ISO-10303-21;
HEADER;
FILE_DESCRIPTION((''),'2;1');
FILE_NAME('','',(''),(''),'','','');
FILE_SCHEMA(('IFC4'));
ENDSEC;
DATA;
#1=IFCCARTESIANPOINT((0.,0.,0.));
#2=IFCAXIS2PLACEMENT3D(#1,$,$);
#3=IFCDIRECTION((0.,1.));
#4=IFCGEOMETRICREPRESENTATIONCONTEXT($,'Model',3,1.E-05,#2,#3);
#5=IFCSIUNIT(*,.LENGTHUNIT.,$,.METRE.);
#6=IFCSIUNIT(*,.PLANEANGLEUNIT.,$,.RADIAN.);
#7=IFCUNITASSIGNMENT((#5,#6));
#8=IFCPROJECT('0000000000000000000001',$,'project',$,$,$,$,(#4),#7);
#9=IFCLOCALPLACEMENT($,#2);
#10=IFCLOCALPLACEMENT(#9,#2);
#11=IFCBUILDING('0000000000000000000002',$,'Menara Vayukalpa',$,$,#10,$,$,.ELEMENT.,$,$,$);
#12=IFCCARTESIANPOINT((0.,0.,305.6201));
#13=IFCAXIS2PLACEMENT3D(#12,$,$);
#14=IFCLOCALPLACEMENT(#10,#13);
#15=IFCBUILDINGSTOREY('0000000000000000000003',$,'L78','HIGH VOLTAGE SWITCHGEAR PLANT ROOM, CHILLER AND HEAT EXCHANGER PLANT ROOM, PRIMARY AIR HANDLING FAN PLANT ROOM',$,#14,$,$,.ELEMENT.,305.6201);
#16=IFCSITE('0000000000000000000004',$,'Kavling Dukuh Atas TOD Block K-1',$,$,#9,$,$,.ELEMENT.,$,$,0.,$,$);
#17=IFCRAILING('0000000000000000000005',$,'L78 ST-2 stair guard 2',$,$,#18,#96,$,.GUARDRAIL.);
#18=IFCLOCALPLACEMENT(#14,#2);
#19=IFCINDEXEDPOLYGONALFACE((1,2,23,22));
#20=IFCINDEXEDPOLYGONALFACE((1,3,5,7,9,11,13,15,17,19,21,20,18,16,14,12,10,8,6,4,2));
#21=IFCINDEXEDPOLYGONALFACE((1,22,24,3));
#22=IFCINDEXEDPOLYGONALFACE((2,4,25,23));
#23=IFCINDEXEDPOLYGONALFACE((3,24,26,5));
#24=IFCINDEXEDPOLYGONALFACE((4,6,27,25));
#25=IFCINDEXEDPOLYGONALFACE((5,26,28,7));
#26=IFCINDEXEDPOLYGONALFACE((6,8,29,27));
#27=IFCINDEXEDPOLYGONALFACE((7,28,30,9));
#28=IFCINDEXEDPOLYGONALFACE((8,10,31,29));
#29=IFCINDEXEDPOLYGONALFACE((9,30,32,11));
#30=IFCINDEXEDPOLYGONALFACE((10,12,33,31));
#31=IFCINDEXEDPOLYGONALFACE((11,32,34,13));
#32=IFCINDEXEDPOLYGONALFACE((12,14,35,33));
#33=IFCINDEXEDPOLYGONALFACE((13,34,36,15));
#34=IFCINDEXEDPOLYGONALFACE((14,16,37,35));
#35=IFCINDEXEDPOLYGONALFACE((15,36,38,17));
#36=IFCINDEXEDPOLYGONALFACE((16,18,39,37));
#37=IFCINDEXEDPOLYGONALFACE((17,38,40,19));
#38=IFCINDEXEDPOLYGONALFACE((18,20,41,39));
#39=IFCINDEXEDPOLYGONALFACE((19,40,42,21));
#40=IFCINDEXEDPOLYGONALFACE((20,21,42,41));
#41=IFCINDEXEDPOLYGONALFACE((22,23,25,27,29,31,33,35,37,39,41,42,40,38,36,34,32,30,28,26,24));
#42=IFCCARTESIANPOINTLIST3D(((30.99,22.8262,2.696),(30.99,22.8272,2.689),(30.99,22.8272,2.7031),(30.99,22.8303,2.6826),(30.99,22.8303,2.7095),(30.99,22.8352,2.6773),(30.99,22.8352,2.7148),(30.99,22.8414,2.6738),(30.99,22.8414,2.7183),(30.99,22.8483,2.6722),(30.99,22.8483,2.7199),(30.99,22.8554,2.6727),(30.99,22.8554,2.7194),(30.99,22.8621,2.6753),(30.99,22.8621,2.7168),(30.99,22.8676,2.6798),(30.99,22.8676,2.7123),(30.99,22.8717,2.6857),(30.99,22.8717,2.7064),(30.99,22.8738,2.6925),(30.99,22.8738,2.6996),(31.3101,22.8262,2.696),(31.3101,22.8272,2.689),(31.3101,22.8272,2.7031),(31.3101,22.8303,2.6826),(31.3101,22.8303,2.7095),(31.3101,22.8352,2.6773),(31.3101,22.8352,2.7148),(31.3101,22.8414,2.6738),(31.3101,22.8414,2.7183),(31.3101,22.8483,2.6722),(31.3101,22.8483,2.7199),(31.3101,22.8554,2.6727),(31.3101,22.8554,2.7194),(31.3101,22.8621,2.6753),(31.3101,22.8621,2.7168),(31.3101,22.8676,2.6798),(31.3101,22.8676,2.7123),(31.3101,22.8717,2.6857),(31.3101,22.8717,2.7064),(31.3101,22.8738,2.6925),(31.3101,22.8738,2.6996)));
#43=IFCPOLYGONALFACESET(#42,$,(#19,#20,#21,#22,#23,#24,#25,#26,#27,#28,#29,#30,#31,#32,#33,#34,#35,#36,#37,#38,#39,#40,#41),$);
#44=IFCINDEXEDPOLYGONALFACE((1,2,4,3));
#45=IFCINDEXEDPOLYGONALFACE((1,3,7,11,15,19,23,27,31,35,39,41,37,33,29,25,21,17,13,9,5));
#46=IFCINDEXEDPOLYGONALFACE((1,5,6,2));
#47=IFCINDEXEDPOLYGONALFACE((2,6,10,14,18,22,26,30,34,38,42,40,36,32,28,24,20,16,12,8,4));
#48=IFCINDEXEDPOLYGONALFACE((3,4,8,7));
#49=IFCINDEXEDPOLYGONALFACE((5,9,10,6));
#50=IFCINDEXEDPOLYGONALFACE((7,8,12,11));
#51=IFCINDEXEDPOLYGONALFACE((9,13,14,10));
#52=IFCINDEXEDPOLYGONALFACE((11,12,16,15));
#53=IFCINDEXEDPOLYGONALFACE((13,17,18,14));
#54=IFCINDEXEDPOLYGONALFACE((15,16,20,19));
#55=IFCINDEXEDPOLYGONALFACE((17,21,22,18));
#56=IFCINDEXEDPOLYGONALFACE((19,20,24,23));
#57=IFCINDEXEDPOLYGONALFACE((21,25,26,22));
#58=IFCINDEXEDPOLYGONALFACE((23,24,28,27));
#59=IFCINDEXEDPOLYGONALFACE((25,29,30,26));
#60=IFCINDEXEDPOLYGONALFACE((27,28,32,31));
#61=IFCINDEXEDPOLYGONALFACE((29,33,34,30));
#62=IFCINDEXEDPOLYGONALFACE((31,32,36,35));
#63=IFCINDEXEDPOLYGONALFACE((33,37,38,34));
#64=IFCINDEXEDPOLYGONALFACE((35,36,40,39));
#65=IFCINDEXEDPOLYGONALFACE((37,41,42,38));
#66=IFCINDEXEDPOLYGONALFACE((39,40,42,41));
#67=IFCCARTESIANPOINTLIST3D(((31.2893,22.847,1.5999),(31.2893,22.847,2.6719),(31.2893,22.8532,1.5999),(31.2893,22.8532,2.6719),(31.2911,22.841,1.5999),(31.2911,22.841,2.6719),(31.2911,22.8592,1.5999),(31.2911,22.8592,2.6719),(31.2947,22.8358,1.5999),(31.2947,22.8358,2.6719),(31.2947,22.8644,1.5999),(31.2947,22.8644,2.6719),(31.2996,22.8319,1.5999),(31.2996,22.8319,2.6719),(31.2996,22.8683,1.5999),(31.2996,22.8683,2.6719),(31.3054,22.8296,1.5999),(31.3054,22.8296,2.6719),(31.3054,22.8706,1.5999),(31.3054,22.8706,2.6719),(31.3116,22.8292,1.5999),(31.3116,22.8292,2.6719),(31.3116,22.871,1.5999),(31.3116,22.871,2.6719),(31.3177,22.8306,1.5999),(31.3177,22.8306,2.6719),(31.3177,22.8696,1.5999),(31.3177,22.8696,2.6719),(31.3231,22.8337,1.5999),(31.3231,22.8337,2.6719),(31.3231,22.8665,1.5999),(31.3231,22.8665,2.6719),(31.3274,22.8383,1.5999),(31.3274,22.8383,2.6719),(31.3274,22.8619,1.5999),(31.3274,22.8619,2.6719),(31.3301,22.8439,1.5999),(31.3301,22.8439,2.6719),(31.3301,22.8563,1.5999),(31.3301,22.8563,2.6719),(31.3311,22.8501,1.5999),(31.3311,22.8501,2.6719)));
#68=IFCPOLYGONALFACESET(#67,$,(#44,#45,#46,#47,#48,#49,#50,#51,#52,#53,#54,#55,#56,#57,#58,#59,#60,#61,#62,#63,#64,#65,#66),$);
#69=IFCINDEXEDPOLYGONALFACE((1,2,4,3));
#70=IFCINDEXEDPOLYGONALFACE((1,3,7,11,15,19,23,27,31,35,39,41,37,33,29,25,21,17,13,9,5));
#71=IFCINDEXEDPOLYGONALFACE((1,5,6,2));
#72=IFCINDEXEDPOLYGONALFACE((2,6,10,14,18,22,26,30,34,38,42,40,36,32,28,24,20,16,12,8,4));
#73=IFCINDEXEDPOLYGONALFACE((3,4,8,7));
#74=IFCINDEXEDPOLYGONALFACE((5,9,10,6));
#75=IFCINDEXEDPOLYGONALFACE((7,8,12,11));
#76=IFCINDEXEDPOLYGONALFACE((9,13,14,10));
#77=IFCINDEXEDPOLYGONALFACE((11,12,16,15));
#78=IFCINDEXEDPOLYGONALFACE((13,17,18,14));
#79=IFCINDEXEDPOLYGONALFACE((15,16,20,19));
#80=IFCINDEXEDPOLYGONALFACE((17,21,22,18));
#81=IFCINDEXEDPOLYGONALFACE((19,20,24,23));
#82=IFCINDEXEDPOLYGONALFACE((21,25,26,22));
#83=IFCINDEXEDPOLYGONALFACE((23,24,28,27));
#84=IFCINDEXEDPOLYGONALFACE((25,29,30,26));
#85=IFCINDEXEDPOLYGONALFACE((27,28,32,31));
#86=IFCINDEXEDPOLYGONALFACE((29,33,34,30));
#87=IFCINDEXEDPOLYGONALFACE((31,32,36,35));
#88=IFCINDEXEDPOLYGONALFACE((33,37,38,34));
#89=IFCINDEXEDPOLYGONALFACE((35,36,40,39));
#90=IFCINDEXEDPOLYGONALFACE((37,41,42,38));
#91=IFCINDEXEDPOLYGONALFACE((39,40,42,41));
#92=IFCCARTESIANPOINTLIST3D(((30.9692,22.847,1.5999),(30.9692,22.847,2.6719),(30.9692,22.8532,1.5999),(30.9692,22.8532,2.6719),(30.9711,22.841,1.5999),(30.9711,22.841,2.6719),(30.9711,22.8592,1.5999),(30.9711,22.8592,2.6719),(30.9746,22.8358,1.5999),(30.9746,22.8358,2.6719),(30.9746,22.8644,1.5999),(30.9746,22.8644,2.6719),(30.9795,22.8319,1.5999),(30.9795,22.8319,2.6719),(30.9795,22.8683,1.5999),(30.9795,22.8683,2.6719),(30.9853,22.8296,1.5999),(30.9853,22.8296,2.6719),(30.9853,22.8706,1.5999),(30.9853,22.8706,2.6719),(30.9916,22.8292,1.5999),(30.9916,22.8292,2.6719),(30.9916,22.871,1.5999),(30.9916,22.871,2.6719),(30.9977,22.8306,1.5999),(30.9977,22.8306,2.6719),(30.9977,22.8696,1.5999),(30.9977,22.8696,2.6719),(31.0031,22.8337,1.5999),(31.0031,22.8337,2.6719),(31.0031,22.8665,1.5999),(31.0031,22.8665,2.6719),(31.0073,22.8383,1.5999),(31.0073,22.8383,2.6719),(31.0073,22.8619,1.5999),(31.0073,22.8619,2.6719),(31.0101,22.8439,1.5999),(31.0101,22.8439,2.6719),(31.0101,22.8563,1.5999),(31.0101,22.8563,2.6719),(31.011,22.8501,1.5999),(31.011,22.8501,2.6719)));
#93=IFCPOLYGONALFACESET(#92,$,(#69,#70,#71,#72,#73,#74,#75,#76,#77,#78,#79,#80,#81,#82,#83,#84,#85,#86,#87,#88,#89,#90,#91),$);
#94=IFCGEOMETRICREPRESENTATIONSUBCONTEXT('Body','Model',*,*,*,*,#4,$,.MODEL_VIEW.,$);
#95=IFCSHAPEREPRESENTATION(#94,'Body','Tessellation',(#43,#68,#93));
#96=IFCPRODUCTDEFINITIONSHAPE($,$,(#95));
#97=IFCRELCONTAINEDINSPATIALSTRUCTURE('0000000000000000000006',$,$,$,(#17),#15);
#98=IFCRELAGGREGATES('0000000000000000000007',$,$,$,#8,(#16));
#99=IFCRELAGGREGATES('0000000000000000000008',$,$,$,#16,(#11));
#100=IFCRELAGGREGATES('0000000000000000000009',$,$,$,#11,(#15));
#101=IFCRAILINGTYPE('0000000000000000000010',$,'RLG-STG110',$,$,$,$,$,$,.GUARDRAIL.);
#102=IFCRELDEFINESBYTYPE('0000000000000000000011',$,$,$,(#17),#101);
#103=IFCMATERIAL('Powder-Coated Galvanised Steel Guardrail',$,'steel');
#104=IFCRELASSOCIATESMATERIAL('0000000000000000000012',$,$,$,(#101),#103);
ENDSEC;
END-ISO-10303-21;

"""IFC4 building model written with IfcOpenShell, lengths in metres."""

from ifc_helpers import new_model, si_unit, direction, frame, origin, origin_2d, place, context, subcontext, project, spatial, circle, extrude, material, type_object, element, save


model = new_model("IFC4")

# Units and contexts
model_context = context("Model", 3, precision=1e-05, world=origin(), true_north=direction((0.0, 1.0)))
body_context = subcontext(model_context, "Body", "Model", "MODEL_VIEW")
ifc_project = project(units=[si_unit("LENGTHUNIT", "METRE"), si_unit("PLANEANGLEUNIT", "RADIAN")], contexts=[model_context])

# Site, building, storey
site_placement = place(None, origin())
site = spatial("IfcSite", under=ifc_project, at=site_placement, Name="Kavling Dukuh Atas TOD Block K-1", CompositionType="ELEMENT", RefElevation=0.0)
building_placement = place(site_placement, origin())
building = spatial("IfcBuilding", under=site, at=building_placement, Name="Menara Vayukalpa", CompositionType="ELEMENT")
storey_placement = place(building_placement, frame((0.0, 0.0, 305.6201)))
storey = spatial("IfcBuildingStorey", under=building, at=storey_placement, Name="L78", Description="HIGH VOLTAGE SWITCHGEAR PLANT ROOM, CHILLER AND HEAT EXCHANGER PLANT ROOM, PRIMARY AIR HANDLING FAN PLANT ROOM", CompositionType="ELEMENT", Elevation=305.6201)

# Railing
ifc_material_1 = material(Name="Powder-Coated Galvanised Steel Guardrail", Category="steel")
railing_type = type_object("IfcRailingType", Name="RLG-STG110", PredefinedType="GUARDRAIL", material=ifc_material_1)
railing_placement = place(storey_placement, frame((31.3101, 22.8501, 1.5999)))
element("IfcRailing", 1, at=railing_placement, inside=storey, type_object=railing_type, Name="L78 ST-2 stair guard 2", PredefinedType="GUARDRAIL", context=body_context, shape_type="SweptSolid", body=[
    extrude(circle(Radius=0.0239, at=origin_2d()), frame((0.0, 0.0, 1.0962), z_axis=(-1.0, 0.0, 0.0), x_axis=(0.0, -1.0, 0.0)), (0.0, 0.0, 1.0), 0.3201),
    extrude(circle(Radius=0.021, at=origin_2d()), origin(), (0.0, 0.0, 1.0), 1.072),
    extrude(circle(Radius=0.021, at=origin_2d()), frame((-0.3201, 0.0, 0.0)), (0.0, 0.0, 1.0), 1.072),
])

save(model, "model.ifc")
